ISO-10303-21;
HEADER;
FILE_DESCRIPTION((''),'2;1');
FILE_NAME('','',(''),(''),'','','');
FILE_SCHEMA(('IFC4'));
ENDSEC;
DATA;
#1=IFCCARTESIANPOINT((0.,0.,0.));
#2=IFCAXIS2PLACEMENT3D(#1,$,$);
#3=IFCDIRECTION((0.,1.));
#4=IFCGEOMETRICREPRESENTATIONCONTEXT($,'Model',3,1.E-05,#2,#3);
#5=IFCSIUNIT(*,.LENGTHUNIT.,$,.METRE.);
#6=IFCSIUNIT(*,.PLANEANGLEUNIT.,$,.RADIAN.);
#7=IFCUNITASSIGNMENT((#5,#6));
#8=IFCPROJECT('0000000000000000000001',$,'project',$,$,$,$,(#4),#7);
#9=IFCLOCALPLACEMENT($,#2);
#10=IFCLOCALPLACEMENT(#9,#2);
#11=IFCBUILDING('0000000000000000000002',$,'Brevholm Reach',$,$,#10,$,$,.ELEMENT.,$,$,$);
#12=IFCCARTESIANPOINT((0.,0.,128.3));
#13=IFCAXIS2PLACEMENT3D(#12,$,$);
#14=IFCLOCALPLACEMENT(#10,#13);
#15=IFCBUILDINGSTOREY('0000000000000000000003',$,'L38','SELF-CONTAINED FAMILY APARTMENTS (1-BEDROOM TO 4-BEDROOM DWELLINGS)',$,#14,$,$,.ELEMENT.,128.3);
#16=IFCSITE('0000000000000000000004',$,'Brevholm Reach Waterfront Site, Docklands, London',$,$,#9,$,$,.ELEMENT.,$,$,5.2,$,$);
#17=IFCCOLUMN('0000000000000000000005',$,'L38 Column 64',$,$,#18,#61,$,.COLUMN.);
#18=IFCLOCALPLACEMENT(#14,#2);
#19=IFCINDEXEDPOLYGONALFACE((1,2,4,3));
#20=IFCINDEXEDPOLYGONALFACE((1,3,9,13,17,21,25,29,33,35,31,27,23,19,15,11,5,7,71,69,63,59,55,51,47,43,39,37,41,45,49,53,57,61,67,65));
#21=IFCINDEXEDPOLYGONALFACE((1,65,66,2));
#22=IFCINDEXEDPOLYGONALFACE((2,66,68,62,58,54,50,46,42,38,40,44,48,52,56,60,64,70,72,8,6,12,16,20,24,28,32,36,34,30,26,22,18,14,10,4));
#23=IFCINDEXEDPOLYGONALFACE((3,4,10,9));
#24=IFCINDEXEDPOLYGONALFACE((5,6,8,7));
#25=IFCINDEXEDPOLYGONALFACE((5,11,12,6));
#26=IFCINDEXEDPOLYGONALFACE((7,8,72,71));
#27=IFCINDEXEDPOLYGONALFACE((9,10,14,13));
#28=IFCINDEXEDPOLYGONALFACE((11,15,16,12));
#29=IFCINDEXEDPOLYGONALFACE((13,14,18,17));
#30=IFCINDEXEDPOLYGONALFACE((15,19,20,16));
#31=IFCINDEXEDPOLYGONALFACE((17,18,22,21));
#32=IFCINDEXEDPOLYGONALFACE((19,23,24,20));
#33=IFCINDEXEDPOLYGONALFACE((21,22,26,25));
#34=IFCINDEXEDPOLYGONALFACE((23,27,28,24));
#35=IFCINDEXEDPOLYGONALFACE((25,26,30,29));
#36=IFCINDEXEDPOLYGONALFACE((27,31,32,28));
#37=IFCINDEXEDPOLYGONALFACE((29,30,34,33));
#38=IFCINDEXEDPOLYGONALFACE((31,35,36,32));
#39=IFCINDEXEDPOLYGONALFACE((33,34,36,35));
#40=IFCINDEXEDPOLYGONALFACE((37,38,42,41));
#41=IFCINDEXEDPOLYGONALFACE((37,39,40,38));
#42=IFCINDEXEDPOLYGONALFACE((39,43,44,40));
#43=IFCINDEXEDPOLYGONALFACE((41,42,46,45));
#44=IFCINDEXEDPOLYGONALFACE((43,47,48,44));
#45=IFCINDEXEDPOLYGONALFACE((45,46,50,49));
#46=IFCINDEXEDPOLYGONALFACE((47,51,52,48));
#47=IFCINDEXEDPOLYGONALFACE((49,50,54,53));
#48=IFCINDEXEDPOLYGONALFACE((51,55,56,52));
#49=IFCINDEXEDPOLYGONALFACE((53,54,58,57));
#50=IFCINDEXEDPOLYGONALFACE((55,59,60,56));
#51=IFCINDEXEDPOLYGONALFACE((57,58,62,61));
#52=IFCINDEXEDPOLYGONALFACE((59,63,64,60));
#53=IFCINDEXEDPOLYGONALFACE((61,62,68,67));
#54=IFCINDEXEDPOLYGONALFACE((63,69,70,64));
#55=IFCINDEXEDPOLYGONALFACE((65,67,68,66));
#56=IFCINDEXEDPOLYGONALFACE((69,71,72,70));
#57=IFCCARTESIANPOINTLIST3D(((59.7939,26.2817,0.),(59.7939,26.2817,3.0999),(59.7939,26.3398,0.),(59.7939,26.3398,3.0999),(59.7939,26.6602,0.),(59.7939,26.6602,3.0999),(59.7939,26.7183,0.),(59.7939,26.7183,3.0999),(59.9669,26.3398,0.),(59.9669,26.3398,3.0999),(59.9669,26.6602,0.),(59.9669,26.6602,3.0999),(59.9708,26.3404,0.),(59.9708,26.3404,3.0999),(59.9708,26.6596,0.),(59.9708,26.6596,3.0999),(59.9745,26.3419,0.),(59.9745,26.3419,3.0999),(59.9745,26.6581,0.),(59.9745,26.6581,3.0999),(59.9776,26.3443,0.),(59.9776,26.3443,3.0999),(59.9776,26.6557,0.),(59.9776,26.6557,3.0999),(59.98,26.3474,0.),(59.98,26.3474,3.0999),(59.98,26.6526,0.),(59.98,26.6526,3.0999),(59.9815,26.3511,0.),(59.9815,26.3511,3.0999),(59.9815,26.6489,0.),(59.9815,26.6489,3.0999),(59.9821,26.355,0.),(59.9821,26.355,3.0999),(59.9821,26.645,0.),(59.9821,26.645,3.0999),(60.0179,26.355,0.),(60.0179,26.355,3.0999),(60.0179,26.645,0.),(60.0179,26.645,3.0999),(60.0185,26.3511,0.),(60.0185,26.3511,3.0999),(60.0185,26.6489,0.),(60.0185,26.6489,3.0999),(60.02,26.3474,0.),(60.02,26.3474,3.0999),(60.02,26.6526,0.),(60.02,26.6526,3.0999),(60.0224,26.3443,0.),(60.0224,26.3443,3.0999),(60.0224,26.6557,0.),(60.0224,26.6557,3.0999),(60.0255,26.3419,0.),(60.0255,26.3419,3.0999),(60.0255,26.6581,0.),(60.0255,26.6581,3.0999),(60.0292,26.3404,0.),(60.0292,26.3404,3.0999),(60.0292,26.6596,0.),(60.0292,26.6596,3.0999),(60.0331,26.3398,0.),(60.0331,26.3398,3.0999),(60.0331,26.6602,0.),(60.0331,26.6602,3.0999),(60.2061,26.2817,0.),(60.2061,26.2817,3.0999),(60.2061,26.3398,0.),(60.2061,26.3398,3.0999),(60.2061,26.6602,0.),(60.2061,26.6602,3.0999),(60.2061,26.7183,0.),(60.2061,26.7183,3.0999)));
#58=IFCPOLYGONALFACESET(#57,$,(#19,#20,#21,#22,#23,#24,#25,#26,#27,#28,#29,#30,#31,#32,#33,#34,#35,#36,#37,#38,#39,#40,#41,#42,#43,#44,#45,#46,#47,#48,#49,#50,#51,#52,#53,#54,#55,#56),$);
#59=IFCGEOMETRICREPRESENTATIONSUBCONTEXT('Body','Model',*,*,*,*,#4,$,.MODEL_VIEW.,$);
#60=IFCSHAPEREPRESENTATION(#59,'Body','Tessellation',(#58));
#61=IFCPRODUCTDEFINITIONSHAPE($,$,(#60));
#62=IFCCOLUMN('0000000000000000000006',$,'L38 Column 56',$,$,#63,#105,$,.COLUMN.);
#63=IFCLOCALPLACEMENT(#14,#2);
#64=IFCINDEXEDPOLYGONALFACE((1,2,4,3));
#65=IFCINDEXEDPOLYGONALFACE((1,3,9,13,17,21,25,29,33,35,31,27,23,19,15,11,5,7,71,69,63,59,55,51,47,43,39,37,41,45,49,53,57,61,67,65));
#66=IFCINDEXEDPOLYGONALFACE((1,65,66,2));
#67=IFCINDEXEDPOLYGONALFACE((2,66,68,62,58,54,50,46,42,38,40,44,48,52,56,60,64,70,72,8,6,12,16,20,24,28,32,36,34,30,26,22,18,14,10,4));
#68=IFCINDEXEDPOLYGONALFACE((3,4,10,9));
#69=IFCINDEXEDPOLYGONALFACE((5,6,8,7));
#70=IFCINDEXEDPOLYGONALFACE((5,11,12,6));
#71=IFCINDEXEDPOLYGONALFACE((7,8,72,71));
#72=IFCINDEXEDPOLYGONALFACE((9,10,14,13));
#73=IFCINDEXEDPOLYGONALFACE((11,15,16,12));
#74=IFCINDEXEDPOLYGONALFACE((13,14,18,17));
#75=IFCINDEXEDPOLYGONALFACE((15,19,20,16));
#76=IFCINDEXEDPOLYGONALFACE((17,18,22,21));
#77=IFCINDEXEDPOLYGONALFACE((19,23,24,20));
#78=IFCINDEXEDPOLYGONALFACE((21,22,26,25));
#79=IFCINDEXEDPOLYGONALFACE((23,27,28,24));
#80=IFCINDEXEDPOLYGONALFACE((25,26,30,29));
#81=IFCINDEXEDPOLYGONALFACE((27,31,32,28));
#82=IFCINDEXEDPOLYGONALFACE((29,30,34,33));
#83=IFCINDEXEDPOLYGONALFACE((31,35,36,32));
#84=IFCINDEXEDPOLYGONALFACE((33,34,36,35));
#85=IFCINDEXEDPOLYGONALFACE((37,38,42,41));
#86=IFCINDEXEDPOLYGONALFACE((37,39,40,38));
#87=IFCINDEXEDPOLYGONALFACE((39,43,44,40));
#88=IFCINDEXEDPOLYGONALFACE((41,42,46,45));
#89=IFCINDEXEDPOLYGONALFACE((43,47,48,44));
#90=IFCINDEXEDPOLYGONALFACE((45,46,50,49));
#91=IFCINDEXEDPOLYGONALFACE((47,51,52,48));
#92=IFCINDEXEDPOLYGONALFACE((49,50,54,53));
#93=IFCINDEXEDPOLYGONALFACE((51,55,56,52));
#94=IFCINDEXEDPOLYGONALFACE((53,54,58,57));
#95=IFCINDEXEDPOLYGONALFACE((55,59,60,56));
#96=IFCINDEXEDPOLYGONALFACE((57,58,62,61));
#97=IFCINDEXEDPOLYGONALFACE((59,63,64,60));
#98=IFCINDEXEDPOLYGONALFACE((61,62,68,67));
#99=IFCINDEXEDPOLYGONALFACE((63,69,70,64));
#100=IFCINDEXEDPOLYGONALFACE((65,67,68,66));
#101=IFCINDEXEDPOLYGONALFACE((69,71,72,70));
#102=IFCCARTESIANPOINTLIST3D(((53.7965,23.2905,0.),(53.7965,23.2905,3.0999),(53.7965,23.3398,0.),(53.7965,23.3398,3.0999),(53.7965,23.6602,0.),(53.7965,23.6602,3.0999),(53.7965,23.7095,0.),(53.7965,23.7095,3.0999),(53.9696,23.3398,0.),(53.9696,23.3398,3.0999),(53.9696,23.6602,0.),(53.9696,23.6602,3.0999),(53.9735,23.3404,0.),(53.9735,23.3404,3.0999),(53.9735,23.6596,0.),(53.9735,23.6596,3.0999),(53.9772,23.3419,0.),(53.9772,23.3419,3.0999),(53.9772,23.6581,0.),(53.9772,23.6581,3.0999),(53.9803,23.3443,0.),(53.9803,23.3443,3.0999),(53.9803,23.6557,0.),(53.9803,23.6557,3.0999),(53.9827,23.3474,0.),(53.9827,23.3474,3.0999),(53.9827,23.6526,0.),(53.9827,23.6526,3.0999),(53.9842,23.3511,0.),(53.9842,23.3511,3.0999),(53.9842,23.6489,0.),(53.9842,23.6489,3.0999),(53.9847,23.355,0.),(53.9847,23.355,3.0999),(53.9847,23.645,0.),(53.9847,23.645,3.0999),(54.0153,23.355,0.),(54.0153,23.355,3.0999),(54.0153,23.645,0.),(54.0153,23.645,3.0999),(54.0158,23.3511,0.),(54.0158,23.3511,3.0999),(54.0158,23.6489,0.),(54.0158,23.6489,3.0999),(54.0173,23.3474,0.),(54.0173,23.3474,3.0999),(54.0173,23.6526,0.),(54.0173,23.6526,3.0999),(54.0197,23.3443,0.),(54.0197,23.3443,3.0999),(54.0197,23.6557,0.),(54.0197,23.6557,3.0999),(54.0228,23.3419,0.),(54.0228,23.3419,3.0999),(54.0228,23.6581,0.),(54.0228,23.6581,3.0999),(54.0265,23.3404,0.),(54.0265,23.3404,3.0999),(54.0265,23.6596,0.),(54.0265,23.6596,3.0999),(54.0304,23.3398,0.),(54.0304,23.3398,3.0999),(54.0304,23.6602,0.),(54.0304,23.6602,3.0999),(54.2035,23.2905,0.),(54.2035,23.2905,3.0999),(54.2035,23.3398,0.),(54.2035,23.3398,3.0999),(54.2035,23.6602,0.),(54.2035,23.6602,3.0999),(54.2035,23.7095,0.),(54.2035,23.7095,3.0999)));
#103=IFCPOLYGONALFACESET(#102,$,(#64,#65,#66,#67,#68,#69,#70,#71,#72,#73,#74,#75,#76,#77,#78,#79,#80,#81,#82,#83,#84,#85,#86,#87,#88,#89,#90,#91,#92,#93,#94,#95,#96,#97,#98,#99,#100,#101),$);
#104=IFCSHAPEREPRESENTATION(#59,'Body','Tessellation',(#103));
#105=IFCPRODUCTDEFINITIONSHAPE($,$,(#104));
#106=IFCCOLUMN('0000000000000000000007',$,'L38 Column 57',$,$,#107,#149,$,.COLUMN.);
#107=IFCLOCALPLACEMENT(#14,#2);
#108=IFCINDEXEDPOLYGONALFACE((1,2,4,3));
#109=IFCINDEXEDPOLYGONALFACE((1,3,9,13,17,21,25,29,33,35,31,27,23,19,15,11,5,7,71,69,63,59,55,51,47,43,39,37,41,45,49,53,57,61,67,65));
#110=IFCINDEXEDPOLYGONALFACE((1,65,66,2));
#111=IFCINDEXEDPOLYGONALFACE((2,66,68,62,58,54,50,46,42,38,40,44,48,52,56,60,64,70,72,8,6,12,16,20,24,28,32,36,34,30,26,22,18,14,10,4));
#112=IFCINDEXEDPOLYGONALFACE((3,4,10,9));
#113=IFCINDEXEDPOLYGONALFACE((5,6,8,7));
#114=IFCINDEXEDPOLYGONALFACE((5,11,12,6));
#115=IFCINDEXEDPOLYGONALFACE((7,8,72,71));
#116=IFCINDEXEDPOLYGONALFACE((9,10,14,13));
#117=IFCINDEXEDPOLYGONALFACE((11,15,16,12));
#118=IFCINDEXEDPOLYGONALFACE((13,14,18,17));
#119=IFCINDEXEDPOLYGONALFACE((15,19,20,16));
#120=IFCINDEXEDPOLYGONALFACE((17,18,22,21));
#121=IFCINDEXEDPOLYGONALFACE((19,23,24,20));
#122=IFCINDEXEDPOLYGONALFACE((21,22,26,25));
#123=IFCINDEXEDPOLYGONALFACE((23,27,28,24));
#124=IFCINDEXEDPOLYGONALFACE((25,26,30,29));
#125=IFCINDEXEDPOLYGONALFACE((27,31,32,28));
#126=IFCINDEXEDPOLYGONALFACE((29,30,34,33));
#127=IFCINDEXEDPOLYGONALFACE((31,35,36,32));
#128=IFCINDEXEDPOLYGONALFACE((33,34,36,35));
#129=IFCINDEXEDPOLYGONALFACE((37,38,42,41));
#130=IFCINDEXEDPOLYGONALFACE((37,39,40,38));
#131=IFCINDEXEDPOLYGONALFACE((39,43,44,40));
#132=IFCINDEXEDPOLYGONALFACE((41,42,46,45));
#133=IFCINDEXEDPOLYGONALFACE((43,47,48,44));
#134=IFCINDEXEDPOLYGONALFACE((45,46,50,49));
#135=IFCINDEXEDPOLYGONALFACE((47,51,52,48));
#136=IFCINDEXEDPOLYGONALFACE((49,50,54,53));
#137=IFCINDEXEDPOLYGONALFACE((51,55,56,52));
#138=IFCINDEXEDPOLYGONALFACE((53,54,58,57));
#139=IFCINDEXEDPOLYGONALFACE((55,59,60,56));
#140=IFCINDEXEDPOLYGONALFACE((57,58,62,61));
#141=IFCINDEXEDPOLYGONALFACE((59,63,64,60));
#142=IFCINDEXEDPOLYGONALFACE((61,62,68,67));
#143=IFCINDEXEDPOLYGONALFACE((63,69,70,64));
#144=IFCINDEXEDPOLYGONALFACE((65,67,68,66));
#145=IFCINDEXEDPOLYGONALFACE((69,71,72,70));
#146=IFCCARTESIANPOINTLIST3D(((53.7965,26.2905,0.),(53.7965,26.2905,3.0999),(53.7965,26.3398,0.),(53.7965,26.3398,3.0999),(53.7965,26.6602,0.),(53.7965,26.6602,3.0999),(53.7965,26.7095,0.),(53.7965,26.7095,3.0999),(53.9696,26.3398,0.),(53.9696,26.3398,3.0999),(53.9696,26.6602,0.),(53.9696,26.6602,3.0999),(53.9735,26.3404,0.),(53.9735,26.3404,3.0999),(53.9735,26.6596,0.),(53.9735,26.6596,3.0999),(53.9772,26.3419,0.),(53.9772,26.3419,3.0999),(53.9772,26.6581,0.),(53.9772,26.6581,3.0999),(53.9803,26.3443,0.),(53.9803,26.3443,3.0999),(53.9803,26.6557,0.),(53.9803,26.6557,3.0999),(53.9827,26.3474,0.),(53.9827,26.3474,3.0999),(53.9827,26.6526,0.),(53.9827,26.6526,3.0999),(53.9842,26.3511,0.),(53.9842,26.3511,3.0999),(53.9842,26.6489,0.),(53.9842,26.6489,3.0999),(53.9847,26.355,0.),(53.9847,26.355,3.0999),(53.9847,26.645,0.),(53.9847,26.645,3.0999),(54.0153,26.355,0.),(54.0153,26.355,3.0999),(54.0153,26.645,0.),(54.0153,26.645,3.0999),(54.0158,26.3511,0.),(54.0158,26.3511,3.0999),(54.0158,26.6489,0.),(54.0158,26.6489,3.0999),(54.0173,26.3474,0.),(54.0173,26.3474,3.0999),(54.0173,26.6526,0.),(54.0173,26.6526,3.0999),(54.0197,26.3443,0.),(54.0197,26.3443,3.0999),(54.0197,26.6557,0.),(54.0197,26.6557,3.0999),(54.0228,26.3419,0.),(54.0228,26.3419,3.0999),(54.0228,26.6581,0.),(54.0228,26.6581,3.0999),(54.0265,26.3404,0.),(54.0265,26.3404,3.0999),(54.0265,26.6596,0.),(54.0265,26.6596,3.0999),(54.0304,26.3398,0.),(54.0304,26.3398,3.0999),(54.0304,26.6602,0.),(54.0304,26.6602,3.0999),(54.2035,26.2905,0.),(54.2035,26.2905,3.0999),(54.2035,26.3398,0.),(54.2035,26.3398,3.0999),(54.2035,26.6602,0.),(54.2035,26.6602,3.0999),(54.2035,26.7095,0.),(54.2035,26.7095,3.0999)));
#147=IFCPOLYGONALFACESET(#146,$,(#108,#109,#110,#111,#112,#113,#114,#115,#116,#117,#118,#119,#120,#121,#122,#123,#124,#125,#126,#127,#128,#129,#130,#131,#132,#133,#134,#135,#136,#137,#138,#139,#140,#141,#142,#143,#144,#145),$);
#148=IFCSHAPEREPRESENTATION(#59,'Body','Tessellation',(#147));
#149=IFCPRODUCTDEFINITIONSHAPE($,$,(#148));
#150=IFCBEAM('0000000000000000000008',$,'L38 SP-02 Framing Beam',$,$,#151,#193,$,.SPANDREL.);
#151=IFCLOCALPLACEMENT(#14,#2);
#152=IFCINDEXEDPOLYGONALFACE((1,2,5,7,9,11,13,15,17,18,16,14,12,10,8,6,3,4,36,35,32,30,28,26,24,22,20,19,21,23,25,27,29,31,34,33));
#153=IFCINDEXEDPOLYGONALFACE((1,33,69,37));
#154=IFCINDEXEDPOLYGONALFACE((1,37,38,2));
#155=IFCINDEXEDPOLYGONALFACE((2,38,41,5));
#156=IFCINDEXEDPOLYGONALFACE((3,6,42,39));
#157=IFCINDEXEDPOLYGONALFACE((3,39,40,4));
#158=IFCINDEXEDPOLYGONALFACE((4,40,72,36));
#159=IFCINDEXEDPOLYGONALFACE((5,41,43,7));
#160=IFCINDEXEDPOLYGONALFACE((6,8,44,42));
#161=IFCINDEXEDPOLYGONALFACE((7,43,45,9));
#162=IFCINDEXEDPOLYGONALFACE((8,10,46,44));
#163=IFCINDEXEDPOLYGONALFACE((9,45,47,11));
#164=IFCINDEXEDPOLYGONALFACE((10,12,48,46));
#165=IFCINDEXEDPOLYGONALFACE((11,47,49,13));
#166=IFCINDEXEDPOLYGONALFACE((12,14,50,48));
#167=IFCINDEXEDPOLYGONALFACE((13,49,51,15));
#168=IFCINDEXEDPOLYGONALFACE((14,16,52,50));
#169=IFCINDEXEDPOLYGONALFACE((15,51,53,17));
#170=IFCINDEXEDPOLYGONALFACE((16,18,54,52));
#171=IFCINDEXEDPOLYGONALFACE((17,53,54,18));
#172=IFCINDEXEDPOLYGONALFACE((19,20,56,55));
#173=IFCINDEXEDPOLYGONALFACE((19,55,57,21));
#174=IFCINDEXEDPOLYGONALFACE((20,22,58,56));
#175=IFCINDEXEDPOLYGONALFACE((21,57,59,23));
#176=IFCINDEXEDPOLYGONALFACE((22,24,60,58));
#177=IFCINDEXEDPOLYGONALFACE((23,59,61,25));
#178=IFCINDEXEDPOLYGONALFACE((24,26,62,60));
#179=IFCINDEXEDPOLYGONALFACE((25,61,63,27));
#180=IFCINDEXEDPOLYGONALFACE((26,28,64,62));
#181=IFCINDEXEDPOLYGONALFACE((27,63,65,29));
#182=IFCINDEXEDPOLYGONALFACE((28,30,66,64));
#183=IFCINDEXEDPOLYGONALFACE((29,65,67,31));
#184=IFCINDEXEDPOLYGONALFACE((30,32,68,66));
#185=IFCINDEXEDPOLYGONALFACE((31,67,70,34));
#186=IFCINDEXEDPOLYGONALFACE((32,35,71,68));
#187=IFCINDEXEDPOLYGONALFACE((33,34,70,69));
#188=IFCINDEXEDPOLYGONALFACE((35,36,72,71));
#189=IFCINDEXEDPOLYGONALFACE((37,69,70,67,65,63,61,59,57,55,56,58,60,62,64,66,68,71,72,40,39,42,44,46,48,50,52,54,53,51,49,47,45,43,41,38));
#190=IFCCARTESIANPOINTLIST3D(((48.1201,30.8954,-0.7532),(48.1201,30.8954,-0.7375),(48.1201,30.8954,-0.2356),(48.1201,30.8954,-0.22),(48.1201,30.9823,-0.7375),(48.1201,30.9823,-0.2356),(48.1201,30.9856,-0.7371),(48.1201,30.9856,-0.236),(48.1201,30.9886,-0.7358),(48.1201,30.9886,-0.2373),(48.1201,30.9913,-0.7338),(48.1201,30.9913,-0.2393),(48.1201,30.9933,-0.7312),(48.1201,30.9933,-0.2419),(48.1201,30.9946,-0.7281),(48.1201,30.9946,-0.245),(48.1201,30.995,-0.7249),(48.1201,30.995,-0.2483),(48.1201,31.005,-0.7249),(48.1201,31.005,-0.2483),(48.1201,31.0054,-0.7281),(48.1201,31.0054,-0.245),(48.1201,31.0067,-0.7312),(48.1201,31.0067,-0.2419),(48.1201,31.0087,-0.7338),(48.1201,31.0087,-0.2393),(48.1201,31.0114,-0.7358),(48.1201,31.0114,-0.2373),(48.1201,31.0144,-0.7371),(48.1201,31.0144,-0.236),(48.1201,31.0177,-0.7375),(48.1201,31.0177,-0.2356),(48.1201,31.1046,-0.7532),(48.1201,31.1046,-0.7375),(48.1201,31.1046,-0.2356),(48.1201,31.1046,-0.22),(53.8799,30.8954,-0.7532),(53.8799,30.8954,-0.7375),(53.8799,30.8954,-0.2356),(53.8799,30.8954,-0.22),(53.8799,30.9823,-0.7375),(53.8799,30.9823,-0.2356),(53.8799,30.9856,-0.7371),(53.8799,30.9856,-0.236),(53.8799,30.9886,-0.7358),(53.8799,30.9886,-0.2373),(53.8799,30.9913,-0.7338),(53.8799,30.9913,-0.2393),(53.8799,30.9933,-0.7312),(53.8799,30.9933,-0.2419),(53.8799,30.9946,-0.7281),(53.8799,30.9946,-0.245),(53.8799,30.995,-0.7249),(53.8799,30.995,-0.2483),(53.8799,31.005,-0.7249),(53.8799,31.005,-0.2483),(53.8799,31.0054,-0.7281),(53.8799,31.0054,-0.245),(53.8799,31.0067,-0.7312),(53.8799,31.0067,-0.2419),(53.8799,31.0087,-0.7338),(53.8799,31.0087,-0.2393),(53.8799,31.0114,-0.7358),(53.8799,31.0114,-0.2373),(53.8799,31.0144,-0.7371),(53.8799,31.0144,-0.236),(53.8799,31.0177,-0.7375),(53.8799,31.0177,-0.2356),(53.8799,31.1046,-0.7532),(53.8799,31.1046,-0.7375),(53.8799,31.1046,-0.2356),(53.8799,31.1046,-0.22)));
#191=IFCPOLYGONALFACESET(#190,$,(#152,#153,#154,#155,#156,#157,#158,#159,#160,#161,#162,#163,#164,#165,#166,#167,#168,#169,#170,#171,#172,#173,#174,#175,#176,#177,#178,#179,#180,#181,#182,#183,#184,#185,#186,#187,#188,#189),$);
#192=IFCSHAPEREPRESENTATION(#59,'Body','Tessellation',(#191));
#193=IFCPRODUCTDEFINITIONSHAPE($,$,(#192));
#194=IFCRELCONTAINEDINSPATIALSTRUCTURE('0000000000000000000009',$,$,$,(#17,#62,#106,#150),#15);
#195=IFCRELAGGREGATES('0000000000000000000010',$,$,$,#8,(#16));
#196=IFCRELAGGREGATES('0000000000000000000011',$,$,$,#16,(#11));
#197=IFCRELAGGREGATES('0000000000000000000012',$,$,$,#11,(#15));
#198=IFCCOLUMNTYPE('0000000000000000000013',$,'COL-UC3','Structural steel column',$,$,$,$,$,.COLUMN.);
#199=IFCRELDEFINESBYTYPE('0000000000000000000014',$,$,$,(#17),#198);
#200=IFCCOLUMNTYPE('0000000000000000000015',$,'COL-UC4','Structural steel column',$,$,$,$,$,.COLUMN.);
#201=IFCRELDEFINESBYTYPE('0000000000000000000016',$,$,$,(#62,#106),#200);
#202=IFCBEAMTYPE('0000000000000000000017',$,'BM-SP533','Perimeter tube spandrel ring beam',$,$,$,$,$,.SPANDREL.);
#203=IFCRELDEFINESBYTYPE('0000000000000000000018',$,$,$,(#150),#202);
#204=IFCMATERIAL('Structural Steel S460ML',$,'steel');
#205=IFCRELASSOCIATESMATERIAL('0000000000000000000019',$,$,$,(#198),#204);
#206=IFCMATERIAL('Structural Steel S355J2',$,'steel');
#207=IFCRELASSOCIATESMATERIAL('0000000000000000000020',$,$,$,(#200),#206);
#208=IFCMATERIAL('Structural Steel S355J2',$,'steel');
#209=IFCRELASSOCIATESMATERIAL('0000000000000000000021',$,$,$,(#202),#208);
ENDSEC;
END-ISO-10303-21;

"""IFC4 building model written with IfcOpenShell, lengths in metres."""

from ifc_helpers import new_model, si_unit, direction, frame, origin, origin_2d, place, context, subcontext, project, spatial, i_section, extrude, material, material_profile, profile_set, type_object, element, save


model = new_model("IFC4")

# Units and contexts
model_context = context("Model", 3, precision=1e-05, world=origin(), true_north=direction((0.0, 1.0)))
body_context = subcontext(model_context, "Body", "Model", "MODEL_VIEW")
ifc_project = project(units=[si_unit("LENGTHUNIT", "METRE"), si_unit("PLANEANGLEUNIT", "RADIAN")], contexts=[model_context])

# Site, building, storey
site_placement = place(None, origin())
site = spatial("IfcSite", under=ifc_project, at=site_placement, Name="Brevholm Reach Waterfront Site, Docklands, London", CompositionType="ELEMENT", RefElevation=5.2)
building_placement = place(site_placement, origin())
building = spatial("IfcBuilding", under=site, at=building_placement, Name="Brevholm Reach", CompositionType="ELEMENT")
storey_placement = place(building_placement, frame((0.0, 0.0, 128.3)))
storey = spatial("IfcBuildingStorey", under=building, at=storey_placement, Name="L38", Description="SELF-CONTAINED FAMILY APARTMENTS (1-BEDROOM TO 4-BEDROOM DWELLINGS)", CompositionType="ELEMENT", Elevation=128.3)

# Columns
ifc_material_1 = material(Name="Structural Steel S460ML", Category="steel")
ifc_material_profile_1 = material_profile(ifc_material_1, i_section(OverallWidth=0.4121, OverallDepth=0.4365, WebThickness=0.0359, FlangeThickness=0.0581, FilletRadius=0.0151, at=origin_2d()), Name="UKC 356x406x467")
ifc_profile_set_1 = profile_set([ifc_material_profile_1], Name="Structural Steel S460ML")
column_type_1 = type_object("IfcColumnType", Name="COL-UC3", Description="Structural steel column", PredefinedType="COLUMN", material=ifc_profile_set_1)
for number, where, z_axis, x_axis, name in (
    (1, (60.0, 26.5, 0.0), (0.0, 0.0, 1.0), (1.0, 0.0, 0.0), "L38 Column 64"),
):
    element("IfcColumn", number, at=place(storey_placement, frame(where, z_axis=z_axis, x_axis=x_axis)), inside=storey, type_object=column_type_1, Name=name, PredefinedType="COLUMN", context=body_context, shape_type="SweptSolid", body=[
        extrude(i_section(OverallWidth=0.4121, OverallDepth=0.4365, WebThickness=0.0359, FlangeThickness=0.0581, FilletRadius=0.0151, at=origin_2d()), origin(), (0.0, 0.0, 1.0), 3.0999),
    ])
ifc_material_2 = material(Name="Structural Steel S355J2", Category="steel")
ifc_material_profile_2 = material_profile(ifc_material_2, i_section(OverallWidth=0.407, OverallDepth=0.4189, WebThickness=0.0305, FlangeThickness=0.0493, FilletRadius=0.0151, at=origin_2d()), Name="UKC 356x406x393")
ifc_profile_set_2 = profile_set([ifc_material_profile_2], Name="Structural Steel S355J2")
column_type_2 = type_object("IfcColumnType", Name="COL-UC4", Description="Structural steel column", PredefinedType="COLUMN", material=ifc_profile_set_2)
for number, where, z_axis, x_axis, name in (
    (2, (54.0, 23.5, 0.0), (0.0, 0.0, 1.0), (1.0, 0.0, 0.0), "L38 Column 56"),
    (3, (54.0, 26.5, 0.0), (0.0, 0.0, 1.0), (1.0, 0.0, 0.0), "L38 Column 57"),
):
    element("IfcColumn", number, at=place(storey_placement, frame(where, z_axis=z_axis, x_axis=x_axis)), inside=storey, type_object=column_type_2, Name=name, PredefinedType="COLUMN", context=body_context, shape_type="SweptSolid", body=[
        extrude(i_section(OverallWidth=0.407, OverallDepth=0.4189, WebThickness=0.0305, FlangeThickness=0.0493, FilletRadius=0.0151, at=origin_2d()), origin(), (0.0, 0.0, 1.0), 3.0999),
    ])

# Beam
ifc_material_3 = material(Name="Structural Steel S355J2", Category="steel")
ifc_material_profile_3 = material_profile(ifc_material_3, i_section(OverallWidth=0.2092, OverallDepth=0.5332, WebThickness=0.01, FlangeThickness=0.0156, FilletRadius=0.0127, at=origin_2d()), Name="UKB 533x210x92")
ifc_profile_set_3 = profile_set([ifc_material_profile_3], Name="Structural Steel S355J2")
beam_type_1 = type_object("IfcBeamType", Name="BM-SP533", Description="Perimeter tube spandrel ring beam", PredefinedType="SPANDREL", material=ifc_profile_set_3)
beam_1_placement = place(storey_placement, frame((48.1201, 31.0, -0.4866), z_axis=(1.0, 0.0, 0.0), x_axis=(0.0, 1.0, 0.0)))
element("IfcBeam", 4, at=beam_1_placement, inside=storey, type_object=beam_type_1, Name="L38 SP-02 Framing Beam", PredefinedType="SPANDREL", context=body_context, shape_type="SweptSolid", body=[
    extrude(i_section(OverallWidth=0.2092, OverallDepth=0.5332, WebThickness=0.01, FlangeThickness=0.0156, FilletRadius=0.0127, at=origin_2d()), origin(), (0.0, 0.0, 1.0), 5.7598),
])

save(model, "model.ifc")
